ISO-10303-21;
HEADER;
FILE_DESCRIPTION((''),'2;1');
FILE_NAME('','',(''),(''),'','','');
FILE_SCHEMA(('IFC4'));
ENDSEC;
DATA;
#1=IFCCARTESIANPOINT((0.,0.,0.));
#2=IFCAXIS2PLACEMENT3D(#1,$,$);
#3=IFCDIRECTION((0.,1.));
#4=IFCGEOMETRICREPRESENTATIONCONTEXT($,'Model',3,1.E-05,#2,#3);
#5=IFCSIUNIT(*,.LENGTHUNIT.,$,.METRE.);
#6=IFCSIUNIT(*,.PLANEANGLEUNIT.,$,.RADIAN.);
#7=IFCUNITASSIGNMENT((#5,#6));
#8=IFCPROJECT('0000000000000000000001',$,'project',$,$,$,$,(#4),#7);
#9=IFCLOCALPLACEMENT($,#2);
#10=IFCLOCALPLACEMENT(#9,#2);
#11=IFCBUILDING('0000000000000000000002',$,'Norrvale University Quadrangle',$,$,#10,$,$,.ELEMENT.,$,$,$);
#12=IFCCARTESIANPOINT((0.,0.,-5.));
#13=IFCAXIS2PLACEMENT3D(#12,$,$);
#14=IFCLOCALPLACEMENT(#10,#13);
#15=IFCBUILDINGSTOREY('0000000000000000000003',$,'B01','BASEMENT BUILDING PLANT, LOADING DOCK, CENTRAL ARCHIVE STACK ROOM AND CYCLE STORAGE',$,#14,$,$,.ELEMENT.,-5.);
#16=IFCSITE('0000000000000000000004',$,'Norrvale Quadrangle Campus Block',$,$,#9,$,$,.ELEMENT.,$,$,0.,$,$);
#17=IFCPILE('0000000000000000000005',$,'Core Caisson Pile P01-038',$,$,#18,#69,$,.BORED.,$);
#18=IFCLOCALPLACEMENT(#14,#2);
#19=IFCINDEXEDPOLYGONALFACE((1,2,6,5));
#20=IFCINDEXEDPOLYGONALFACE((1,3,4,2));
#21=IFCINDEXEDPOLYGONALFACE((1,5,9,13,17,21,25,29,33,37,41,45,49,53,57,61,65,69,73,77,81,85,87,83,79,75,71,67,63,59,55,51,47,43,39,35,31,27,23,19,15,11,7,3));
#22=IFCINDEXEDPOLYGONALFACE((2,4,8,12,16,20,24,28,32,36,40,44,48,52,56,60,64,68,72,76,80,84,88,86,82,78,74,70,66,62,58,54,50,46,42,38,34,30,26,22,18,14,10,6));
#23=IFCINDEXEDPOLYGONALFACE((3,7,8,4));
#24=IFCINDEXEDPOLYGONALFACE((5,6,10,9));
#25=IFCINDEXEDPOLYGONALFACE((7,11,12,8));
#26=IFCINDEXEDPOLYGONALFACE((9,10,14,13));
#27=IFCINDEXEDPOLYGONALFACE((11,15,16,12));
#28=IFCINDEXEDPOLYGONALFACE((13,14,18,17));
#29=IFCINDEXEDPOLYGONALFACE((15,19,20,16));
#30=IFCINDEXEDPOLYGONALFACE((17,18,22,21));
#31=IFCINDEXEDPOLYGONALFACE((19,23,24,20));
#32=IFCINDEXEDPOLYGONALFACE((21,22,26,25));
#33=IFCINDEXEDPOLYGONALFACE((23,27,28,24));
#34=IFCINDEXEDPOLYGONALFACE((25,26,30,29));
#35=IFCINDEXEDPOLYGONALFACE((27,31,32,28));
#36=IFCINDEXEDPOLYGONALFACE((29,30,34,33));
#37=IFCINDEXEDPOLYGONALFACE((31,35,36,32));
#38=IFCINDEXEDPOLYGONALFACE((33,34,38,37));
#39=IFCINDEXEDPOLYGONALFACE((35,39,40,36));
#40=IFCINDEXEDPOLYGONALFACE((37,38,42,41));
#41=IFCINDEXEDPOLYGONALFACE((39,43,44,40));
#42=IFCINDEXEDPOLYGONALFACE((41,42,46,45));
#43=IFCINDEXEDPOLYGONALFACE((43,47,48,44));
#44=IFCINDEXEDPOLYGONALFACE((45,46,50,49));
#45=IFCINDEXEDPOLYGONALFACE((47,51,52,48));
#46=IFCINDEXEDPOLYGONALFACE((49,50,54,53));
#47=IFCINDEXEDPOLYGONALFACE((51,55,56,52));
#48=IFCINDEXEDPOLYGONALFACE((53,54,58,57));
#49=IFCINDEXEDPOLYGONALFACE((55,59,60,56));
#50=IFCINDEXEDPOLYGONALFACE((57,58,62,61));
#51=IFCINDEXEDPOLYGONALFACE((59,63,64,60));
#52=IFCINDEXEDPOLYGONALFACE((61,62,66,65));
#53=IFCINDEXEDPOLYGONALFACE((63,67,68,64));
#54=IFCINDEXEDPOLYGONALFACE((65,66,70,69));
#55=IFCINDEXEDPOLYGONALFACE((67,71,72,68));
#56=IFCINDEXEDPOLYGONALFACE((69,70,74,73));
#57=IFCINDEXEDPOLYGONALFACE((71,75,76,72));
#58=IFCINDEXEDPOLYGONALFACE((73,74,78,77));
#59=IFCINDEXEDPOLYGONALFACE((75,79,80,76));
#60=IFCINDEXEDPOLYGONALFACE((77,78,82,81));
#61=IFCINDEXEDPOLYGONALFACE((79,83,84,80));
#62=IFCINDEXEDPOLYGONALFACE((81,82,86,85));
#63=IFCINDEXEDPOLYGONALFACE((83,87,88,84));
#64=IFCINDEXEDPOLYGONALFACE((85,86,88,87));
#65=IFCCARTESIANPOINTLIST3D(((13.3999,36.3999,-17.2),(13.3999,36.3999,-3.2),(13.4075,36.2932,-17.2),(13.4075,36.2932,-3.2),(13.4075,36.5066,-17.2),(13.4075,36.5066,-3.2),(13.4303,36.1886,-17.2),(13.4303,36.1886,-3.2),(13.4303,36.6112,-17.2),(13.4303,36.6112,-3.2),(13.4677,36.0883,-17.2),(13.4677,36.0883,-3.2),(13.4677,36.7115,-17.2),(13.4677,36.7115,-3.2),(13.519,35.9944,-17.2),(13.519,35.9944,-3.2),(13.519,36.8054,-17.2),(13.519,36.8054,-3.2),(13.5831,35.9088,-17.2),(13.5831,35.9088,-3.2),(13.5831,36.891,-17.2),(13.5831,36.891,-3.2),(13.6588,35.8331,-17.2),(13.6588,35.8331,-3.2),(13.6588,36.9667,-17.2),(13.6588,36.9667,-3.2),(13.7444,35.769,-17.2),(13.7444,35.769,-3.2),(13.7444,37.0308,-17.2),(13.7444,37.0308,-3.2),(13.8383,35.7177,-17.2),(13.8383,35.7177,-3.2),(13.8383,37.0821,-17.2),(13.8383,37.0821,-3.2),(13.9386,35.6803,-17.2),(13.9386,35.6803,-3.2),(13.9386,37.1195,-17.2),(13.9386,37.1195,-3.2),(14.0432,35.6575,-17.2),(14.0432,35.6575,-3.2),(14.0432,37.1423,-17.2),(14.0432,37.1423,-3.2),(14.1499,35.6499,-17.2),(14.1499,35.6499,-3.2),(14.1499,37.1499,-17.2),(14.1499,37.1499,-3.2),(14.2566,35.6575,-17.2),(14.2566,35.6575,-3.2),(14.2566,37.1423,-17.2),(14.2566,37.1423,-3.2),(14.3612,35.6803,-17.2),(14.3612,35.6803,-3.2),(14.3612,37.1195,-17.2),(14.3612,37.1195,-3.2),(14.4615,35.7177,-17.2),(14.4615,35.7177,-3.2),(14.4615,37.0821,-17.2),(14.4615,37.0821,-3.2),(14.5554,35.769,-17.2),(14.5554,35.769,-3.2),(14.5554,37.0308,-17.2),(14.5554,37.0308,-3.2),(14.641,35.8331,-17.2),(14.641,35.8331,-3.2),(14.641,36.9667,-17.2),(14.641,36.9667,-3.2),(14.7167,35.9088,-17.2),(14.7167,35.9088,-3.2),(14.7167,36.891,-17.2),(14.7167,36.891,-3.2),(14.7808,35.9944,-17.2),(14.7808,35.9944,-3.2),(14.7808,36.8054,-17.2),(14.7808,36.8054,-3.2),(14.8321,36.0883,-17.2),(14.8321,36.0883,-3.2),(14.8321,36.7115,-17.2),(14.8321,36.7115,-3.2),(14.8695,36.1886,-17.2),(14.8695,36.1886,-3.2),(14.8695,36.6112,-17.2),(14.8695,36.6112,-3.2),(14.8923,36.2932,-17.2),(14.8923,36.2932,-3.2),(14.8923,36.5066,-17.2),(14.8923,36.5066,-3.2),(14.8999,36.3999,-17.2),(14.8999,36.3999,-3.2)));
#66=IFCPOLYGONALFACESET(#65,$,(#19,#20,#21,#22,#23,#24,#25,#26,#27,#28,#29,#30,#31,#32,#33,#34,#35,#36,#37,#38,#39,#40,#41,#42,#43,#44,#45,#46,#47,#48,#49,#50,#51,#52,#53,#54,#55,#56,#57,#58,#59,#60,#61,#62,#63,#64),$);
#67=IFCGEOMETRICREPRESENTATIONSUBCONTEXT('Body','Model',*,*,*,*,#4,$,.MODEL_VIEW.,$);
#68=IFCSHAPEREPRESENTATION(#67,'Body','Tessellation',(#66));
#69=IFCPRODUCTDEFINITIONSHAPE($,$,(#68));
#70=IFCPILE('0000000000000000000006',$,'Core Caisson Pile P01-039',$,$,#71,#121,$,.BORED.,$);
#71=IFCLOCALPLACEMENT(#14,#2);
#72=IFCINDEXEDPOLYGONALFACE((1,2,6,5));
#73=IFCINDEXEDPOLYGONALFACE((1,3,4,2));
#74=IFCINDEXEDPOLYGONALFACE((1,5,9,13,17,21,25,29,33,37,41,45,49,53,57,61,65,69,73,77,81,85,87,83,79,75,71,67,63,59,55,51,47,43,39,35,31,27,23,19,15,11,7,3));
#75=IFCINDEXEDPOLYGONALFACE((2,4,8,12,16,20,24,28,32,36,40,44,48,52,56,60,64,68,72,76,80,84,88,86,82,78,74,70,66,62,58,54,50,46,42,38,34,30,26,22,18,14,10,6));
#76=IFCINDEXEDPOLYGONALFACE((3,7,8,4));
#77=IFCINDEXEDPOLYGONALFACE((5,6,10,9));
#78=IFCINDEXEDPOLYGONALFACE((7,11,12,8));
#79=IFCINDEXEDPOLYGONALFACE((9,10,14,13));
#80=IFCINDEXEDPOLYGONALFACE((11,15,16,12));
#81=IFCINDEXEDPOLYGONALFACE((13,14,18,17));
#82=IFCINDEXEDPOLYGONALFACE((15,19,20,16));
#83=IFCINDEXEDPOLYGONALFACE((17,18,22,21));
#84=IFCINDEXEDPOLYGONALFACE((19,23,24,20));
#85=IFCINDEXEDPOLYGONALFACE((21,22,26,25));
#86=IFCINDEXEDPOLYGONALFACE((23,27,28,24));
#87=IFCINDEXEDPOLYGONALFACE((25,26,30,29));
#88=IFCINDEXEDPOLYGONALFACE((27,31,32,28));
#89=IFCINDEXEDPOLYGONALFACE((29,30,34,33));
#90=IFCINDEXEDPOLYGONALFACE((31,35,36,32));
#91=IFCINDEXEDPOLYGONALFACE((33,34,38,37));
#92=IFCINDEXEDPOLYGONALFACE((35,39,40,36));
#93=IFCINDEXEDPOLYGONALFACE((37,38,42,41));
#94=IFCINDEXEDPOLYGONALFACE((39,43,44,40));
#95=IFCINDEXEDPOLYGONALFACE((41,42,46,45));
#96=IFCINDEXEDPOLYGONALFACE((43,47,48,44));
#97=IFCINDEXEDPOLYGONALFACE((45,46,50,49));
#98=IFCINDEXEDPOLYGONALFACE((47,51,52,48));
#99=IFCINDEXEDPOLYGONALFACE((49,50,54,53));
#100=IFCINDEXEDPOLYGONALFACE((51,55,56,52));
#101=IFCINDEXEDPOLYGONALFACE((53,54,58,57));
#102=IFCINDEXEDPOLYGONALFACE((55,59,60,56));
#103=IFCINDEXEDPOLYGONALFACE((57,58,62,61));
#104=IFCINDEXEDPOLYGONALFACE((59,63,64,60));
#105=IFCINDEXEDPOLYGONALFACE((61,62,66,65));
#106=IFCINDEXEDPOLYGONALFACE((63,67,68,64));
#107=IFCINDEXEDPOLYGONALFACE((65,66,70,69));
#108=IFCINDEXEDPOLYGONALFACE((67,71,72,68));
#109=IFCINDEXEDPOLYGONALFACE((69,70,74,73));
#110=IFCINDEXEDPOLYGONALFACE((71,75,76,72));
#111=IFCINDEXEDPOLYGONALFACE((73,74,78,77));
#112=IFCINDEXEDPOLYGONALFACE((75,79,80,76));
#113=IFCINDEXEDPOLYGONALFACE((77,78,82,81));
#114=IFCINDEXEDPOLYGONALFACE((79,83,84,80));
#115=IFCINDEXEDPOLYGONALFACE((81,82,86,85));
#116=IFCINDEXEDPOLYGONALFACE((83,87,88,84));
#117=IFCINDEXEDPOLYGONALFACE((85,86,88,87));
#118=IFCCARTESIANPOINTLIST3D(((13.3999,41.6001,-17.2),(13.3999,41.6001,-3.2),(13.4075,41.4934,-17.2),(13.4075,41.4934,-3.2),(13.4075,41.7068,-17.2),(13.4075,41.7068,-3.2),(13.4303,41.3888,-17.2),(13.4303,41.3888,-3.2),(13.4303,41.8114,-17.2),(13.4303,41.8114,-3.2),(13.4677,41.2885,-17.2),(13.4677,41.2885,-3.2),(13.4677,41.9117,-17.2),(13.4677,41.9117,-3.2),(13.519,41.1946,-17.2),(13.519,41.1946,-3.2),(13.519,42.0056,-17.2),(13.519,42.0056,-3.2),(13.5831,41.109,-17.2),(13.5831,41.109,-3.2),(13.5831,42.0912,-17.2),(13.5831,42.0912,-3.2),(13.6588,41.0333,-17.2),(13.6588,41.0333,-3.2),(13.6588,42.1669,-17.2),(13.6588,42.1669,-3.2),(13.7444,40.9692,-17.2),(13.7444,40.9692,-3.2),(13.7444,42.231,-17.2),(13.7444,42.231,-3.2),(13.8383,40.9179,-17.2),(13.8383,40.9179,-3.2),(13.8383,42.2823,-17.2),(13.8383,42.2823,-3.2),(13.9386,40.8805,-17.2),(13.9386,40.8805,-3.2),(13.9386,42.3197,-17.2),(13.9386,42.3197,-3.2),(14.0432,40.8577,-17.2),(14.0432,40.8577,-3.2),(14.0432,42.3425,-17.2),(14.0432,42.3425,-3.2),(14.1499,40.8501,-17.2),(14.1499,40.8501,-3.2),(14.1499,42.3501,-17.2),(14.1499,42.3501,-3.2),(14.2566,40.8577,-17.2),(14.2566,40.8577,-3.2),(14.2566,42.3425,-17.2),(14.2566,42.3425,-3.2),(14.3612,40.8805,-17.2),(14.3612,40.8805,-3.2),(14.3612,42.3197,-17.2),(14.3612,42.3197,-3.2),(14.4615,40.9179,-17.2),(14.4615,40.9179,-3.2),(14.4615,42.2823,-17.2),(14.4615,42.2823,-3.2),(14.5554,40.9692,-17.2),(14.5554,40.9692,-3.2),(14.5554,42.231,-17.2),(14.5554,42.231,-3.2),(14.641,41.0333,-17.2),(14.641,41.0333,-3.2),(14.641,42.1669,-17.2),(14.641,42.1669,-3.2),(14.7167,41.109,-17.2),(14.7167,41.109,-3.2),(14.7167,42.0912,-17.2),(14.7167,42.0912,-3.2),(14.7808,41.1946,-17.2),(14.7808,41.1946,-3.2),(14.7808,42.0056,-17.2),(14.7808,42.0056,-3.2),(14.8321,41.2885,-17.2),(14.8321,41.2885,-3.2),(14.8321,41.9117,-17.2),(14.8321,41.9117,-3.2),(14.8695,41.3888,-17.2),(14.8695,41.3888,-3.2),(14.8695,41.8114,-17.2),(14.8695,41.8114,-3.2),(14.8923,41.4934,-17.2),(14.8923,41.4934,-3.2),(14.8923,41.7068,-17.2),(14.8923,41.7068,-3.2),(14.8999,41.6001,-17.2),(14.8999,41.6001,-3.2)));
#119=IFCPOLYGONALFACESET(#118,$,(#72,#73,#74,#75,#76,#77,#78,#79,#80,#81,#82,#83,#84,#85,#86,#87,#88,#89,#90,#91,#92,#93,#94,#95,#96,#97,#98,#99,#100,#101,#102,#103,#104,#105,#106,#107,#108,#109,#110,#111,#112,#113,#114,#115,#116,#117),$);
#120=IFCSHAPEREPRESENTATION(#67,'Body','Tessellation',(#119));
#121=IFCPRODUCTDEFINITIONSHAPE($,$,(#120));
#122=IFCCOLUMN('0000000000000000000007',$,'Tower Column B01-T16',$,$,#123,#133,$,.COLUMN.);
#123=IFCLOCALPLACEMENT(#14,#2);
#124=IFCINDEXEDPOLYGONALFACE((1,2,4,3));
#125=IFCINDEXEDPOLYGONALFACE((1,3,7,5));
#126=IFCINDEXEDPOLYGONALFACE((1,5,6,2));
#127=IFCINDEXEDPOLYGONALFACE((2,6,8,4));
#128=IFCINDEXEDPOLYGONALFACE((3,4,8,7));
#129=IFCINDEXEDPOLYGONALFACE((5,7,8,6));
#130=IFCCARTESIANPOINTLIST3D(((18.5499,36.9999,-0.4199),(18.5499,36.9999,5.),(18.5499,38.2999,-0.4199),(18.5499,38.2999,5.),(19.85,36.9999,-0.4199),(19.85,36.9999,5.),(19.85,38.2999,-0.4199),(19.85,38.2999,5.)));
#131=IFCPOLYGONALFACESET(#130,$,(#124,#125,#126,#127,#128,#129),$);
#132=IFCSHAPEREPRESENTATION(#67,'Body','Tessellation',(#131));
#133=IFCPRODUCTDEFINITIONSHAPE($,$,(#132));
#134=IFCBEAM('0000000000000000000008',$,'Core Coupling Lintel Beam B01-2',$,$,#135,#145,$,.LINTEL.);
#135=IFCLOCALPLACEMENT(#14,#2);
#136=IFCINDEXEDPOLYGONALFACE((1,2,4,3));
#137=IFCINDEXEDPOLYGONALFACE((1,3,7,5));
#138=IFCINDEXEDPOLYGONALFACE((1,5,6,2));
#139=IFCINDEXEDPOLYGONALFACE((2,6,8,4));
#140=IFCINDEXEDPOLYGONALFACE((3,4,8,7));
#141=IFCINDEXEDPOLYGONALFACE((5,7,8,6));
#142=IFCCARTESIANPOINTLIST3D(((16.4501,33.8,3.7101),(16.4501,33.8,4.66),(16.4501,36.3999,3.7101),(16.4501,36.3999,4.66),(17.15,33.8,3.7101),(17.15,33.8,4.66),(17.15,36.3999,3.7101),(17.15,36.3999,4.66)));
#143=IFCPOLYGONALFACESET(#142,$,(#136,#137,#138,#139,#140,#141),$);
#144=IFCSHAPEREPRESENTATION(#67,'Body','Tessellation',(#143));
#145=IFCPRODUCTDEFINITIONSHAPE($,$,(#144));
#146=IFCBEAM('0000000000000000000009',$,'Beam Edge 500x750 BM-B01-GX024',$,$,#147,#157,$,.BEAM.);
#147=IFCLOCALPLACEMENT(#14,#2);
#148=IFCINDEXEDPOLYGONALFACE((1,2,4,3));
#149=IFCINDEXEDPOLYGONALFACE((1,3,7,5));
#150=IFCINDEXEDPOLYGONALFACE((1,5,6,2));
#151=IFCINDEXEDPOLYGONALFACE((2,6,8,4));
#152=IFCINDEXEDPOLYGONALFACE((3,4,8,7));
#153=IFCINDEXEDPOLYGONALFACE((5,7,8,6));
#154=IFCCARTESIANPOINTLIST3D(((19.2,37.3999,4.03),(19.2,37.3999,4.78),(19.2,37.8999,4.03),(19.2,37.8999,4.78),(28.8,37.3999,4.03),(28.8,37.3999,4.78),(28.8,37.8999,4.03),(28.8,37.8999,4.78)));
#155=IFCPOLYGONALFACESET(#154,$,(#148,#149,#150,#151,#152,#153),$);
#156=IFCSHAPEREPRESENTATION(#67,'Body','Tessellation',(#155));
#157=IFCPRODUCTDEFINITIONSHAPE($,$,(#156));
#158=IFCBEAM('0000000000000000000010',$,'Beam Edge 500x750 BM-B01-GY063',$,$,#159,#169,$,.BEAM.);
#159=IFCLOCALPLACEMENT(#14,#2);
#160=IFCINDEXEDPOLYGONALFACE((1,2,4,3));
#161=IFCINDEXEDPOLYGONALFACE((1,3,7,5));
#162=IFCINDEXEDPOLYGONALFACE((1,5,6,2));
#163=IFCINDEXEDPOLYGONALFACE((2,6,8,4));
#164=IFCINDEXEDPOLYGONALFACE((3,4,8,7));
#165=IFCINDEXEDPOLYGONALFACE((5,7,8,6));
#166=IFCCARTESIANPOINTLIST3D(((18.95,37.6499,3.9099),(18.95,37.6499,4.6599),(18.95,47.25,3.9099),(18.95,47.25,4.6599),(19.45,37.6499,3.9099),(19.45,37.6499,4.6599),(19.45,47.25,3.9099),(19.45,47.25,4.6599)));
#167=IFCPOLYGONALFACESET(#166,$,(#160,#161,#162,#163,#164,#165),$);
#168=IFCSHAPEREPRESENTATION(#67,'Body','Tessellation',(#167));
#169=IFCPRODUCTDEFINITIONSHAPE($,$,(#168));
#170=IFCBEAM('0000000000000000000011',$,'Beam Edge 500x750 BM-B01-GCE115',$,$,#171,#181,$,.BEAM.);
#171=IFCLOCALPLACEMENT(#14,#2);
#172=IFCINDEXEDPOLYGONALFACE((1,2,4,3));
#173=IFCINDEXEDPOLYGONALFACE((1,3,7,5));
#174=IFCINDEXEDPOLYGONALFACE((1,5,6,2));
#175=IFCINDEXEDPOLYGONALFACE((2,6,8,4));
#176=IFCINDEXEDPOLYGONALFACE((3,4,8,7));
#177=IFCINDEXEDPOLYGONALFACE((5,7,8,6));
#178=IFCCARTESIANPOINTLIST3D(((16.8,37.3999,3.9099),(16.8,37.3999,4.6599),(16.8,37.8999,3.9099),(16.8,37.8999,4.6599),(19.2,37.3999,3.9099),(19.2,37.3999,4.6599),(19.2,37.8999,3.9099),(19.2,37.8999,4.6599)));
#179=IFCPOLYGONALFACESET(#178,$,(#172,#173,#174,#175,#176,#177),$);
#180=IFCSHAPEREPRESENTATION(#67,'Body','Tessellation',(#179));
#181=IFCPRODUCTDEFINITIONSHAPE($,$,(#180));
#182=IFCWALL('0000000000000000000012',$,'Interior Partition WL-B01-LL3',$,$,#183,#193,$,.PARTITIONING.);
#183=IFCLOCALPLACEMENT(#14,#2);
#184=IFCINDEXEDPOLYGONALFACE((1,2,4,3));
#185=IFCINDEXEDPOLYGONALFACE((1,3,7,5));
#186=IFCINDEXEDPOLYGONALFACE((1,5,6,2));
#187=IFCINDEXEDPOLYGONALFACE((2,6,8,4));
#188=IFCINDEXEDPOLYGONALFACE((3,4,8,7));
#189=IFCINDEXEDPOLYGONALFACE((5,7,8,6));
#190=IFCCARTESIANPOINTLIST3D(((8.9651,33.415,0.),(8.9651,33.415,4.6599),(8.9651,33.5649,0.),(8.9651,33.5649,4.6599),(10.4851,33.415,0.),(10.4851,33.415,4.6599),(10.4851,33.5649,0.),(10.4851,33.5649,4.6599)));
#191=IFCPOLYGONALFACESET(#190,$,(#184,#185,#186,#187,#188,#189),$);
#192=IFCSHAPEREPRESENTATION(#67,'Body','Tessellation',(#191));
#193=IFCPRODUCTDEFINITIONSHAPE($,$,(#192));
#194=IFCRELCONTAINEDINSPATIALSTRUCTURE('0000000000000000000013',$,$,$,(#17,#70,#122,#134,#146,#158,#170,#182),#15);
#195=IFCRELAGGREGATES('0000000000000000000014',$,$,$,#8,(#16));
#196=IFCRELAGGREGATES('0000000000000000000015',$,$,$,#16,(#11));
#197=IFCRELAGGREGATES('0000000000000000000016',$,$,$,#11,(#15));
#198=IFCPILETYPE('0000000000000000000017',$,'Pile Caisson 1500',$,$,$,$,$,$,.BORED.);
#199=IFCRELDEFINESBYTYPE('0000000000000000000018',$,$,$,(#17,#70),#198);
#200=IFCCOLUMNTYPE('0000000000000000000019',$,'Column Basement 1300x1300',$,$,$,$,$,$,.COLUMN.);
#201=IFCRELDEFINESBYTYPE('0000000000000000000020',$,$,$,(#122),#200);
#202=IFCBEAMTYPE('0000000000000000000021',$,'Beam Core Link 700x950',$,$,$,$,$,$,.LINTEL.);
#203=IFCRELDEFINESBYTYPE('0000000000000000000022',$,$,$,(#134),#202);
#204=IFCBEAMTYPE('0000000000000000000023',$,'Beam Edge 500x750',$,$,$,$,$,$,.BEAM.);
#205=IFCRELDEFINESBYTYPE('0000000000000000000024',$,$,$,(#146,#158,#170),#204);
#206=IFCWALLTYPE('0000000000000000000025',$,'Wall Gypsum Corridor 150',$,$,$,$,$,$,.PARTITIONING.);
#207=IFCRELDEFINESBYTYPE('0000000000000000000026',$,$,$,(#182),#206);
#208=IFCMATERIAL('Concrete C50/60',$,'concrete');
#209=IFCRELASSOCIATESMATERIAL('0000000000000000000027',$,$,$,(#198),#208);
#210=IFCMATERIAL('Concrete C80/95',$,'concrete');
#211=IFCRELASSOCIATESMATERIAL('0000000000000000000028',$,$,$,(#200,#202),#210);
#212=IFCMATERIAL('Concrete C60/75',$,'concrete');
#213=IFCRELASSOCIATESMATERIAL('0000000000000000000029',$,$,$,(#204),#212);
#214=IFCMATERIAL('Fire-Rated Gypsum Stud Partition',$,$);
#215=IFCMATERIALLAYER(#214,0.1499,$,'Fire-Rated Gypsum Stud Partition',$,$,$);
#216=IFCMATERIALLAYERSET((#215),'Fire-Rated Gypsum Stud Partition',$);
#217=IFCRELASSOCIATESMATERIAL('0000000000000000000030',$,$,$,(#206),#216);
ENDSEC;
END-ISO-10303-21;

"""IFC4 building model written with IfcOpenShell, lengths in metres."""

from ifc_helpers import new_model, si_unit, direction, frame, frame_2d, origin, origin_2d, place, context, subcontext, project, spatial, rectangle, circle, extrude, material, layer, layer_set, material_profile, profile_set, type_object, element, save


model = new_model("IFC4")

# Units and contexts
model_context = context("Model", 3, precision=1e-05, world=origin(), true_north=direction((0.0, 1.0)))
body_context = subcontext(model_context, "Body", "Model", "MODEL_VIEW")
ifc_project = project(units=[si_unit("LENGTHUNIT", "METRE"), si_unit("PLANEANGLEUNIT", "RADIAN")], contexts=[model_context])

# Site, building, storey
site_placement = place(None, origin())
site = spatial("IfcSite", under=ifc_project, at=site_placement, Name="Norrvale Quadrangle Campus Block", CompositionType="ELEMENT", RefElevation=0.0)
building_placement = place(site_placement, origin())
building = spatial("IfcBuilding", under=site, at=building_placement, Name="Norrvale University Quadrangle", CompositionType="ELEMENT")
storey_placement = place(building_placement, frame((0.0, 0.0, -5.0)))
storey = spatial("IfcBuildingStorey", under=building, at=storey_placement, Name="B01", Description="BASEMENT BUILDING PLANT, LOADING DOCK, CENTRAL ARCHIVE STACK ROOM AND CYCLE STORAGE", CompositionType="ELEMENT", Elevation=-5.0)

# Shared definitions
ifc_material_1 = material(Name="Concrete C50/60", Category="concrete")

# Piles
ifc_material_profile_1 = material_profile(ifc_material_1, circle(Radius=0.75, at=origin_2d()), Name="Concrete C50/60")
ifc_profile_set_1 = profile_set([ifc_material_profile_1], Name="Concrete C50/60")
pile_type_1 = type_object("IfcPileType", Name="Pile Caisson 1500", PredefinedType="BORED", material=ifc_profile_set_1)
for number, where, z_axis, x_axis, name in (
    (1, (14.1499, 36.3999, -3.2), (0.0, 0.0, -1.0), (1.0, 0.0, 0.0), "Core Caisson Pile P01-038"),
    (2, (14.1499, 41.6001, -3.2), (0.0, 0.0, -1.0), (1.0, 0.0, 0.0), "Core Caisson Pile P01-039"),
):
    element("IfcPile", number, at=place(storey_placement, frame(where, z_axis=z_axis, x_axis=x_axis)), inside=storey, type_object=pile_type_1, Name=name, PredefinedType="BORED", context=body_context, shape_type="SweptSolid", body=[
        extrude(circle(Radius=0.75, at=origin_2d()), origin(), (0.0, 0.0, 1.0), 14.0),
    ])

# Column
ifc_material_2 = material(Name="Concrete C80/95", Category="concrete")
ifc_material_profile_2 = material_profile(ifc_material_2, rectangle(XDim=1.3, YDim=1.3, at=origin_2d()), Name="Concrete C80/95")
ifc_profile_set_2 = profile_set([ifc_material_profile_2], Name="Concrete C80/95")
column_type = type_object("IfcColumnType", Name="Column Basement 1300x1300", PredefinedType="COLUMN", material=ifc_profile_set_2)
column_placement = place(storey_placement, frame((19.2, 37.6499, -0.4199), z_axis=(0.0, 0.0, 1.0), x_axis=(1.0, 0.0, 0.0)))
element("IfcColumn", 3, at=column_placement, inside=storey, type_object=column_type, Name="Tower Column B01-T16", PredefinedType="COLUMN", context=body_context, shape_type="SweptSolid", body=[
    extrude(rectangle(XDim=1.3, YDim=1.3, at=origin_2d()), origin(), (0.0, 0.0, 1.0), 5.4199),
])

# Beams
ifc_material_profile_3 = material_profile(ifc_material_2, rectangle(XDim=0.7, YDim=0.95, at=origin_2d()), Name="Concrete C80/95")
ifc_profile_set_3 = profile_set([ifc_material_profile_3], Name="Concrete C80/95")
beam_type_1 = type_object("IfcBeamType", Name="Beam Core Link 700x950", PredefinedType="LINTEL", material=ifc_profile_set_3)
beam_1_placement = place(storey_placement, frame((16.8, 33.8, 4.1851), z_axis=(0.0, 1.0, 0.0), x_axis=(-1.0, 0.0, 0.0)))
element("IfcBeam", 4, at=beam_1_placement, inside=storey, type_object=beam_type_1, Name="Core Coupling Lintel Beam B01-2", PredefinedType="LINTEL", context=body_context, shape_type="SweptSolid", body=[
    extrude(rectangle(XDim=0.7, YDim=0.95, at=origin_2d()), origin(), (0.0, 0.0, 1.0), 2.5999),
])
ifc_material_3 = material(Name="Concrete C60/75", Category="concrete")
ifc_material_profile_4 = material_profile(ifc_material_3, rectangle(XDim=0.5, YDim=0.75, at=origin_2d()), Name="Concrete C60/75")
ifc_profile_set_4 = profile_set([ifc_material_profile_4], Name="Concrete C60/75")
beam_type_2 = type_object("IfcBeamType", Name="Beam Edge 500x750", PredefinedType="BEAM", material=ifc_profile_set_4)
for number, where, z_axis, x_axis, name in (
    (5, (19.2, 37.6499, 4.405), (1.0, 0.0, 0.0), (0.0, 1.0, 0.0), "Beam Edge 500x750 BM-B01-GX024"),
    (6, (19.2, 37.6499, 4.2849), (0.0, 1.0, 0.0), (-1.0, 0.0, 0.0), "Beam Edge 500x750 BM-B01-GY063"),
):
    element("IfcBeam", number, at=place(storey_placement, frame(where, z_axis=z_axis, x_axis=x_axis)), inside=storey, type_object=beam_type_2, Name=name, PredefinedType="BEAM", context=body_context, shape_type="SweptSolid", body=[
        extrude(rectangle(XDim=0.5, YDim=0.75, at=origin_2d()), origin(), (0.0, 0.0, 1.0), 9.6001),
    ])
beam_2_placement = place(storey_placement, frame((16.8, 37.6499, 4.2849), z_axis=(1.0, 0.0, 0.0), x_axis=(0.0, 1.0, 0.0)))
element("IfcBeam", 7, at=beam_2_placement, inside=storey, type_object=beam_type_2, Name="Beam Edge 500x750 BM-B01-GCE115", PredefinedType="BEAM", context=body_context, shape_type="SweptSolid", body=[
    extrude(rectangle(XDim=0.5, YDim=0.75, at=origin_2d()), origin(), (0.0, 0.0, 1.0), 2.3999),
])

# Wall
ifc_material_4 = material(Name="Fire-Rated Gypsum Stud Partition")
ifc_layer_1 = layer(ifc_material_4, 0.1499, Name="Fire-Rated Gypsum Stud Partition")
ifc_layer_set_1 = layer_set([ifc_layer_1], Name="Fire-Rated Gypsum Stud Partition")
wall_type_1 = type_object("IfcWallType", Name="Wall Gypsum Corridor 150", PredefinedType="PARTITIONING", material=ifc_layer_set_1)
wall_1_placement = place(storey_placement, frame((8.9651, 33.49, 0.0), z_axis=(0.0, 0.0, 1.0), x_axis=(1.0, 0.0, 0.0)))
element("IfcWall", 8, at=wall_1_placement, inside=storey, type_object=wall_type_1, Name="Interior Partition WL-B01-LL3", PredefinedType="PARTITIONING", context=body_context, shape_type="SweptSolid", body=[
    extrude(rectangle(XDim=1.52, YDim=0.1499, at=frame_2d((0.76, 0.0))), origin(), (0.0, 0.0, 1.0), 4.6599),
])

save(model, "model.ifc")
